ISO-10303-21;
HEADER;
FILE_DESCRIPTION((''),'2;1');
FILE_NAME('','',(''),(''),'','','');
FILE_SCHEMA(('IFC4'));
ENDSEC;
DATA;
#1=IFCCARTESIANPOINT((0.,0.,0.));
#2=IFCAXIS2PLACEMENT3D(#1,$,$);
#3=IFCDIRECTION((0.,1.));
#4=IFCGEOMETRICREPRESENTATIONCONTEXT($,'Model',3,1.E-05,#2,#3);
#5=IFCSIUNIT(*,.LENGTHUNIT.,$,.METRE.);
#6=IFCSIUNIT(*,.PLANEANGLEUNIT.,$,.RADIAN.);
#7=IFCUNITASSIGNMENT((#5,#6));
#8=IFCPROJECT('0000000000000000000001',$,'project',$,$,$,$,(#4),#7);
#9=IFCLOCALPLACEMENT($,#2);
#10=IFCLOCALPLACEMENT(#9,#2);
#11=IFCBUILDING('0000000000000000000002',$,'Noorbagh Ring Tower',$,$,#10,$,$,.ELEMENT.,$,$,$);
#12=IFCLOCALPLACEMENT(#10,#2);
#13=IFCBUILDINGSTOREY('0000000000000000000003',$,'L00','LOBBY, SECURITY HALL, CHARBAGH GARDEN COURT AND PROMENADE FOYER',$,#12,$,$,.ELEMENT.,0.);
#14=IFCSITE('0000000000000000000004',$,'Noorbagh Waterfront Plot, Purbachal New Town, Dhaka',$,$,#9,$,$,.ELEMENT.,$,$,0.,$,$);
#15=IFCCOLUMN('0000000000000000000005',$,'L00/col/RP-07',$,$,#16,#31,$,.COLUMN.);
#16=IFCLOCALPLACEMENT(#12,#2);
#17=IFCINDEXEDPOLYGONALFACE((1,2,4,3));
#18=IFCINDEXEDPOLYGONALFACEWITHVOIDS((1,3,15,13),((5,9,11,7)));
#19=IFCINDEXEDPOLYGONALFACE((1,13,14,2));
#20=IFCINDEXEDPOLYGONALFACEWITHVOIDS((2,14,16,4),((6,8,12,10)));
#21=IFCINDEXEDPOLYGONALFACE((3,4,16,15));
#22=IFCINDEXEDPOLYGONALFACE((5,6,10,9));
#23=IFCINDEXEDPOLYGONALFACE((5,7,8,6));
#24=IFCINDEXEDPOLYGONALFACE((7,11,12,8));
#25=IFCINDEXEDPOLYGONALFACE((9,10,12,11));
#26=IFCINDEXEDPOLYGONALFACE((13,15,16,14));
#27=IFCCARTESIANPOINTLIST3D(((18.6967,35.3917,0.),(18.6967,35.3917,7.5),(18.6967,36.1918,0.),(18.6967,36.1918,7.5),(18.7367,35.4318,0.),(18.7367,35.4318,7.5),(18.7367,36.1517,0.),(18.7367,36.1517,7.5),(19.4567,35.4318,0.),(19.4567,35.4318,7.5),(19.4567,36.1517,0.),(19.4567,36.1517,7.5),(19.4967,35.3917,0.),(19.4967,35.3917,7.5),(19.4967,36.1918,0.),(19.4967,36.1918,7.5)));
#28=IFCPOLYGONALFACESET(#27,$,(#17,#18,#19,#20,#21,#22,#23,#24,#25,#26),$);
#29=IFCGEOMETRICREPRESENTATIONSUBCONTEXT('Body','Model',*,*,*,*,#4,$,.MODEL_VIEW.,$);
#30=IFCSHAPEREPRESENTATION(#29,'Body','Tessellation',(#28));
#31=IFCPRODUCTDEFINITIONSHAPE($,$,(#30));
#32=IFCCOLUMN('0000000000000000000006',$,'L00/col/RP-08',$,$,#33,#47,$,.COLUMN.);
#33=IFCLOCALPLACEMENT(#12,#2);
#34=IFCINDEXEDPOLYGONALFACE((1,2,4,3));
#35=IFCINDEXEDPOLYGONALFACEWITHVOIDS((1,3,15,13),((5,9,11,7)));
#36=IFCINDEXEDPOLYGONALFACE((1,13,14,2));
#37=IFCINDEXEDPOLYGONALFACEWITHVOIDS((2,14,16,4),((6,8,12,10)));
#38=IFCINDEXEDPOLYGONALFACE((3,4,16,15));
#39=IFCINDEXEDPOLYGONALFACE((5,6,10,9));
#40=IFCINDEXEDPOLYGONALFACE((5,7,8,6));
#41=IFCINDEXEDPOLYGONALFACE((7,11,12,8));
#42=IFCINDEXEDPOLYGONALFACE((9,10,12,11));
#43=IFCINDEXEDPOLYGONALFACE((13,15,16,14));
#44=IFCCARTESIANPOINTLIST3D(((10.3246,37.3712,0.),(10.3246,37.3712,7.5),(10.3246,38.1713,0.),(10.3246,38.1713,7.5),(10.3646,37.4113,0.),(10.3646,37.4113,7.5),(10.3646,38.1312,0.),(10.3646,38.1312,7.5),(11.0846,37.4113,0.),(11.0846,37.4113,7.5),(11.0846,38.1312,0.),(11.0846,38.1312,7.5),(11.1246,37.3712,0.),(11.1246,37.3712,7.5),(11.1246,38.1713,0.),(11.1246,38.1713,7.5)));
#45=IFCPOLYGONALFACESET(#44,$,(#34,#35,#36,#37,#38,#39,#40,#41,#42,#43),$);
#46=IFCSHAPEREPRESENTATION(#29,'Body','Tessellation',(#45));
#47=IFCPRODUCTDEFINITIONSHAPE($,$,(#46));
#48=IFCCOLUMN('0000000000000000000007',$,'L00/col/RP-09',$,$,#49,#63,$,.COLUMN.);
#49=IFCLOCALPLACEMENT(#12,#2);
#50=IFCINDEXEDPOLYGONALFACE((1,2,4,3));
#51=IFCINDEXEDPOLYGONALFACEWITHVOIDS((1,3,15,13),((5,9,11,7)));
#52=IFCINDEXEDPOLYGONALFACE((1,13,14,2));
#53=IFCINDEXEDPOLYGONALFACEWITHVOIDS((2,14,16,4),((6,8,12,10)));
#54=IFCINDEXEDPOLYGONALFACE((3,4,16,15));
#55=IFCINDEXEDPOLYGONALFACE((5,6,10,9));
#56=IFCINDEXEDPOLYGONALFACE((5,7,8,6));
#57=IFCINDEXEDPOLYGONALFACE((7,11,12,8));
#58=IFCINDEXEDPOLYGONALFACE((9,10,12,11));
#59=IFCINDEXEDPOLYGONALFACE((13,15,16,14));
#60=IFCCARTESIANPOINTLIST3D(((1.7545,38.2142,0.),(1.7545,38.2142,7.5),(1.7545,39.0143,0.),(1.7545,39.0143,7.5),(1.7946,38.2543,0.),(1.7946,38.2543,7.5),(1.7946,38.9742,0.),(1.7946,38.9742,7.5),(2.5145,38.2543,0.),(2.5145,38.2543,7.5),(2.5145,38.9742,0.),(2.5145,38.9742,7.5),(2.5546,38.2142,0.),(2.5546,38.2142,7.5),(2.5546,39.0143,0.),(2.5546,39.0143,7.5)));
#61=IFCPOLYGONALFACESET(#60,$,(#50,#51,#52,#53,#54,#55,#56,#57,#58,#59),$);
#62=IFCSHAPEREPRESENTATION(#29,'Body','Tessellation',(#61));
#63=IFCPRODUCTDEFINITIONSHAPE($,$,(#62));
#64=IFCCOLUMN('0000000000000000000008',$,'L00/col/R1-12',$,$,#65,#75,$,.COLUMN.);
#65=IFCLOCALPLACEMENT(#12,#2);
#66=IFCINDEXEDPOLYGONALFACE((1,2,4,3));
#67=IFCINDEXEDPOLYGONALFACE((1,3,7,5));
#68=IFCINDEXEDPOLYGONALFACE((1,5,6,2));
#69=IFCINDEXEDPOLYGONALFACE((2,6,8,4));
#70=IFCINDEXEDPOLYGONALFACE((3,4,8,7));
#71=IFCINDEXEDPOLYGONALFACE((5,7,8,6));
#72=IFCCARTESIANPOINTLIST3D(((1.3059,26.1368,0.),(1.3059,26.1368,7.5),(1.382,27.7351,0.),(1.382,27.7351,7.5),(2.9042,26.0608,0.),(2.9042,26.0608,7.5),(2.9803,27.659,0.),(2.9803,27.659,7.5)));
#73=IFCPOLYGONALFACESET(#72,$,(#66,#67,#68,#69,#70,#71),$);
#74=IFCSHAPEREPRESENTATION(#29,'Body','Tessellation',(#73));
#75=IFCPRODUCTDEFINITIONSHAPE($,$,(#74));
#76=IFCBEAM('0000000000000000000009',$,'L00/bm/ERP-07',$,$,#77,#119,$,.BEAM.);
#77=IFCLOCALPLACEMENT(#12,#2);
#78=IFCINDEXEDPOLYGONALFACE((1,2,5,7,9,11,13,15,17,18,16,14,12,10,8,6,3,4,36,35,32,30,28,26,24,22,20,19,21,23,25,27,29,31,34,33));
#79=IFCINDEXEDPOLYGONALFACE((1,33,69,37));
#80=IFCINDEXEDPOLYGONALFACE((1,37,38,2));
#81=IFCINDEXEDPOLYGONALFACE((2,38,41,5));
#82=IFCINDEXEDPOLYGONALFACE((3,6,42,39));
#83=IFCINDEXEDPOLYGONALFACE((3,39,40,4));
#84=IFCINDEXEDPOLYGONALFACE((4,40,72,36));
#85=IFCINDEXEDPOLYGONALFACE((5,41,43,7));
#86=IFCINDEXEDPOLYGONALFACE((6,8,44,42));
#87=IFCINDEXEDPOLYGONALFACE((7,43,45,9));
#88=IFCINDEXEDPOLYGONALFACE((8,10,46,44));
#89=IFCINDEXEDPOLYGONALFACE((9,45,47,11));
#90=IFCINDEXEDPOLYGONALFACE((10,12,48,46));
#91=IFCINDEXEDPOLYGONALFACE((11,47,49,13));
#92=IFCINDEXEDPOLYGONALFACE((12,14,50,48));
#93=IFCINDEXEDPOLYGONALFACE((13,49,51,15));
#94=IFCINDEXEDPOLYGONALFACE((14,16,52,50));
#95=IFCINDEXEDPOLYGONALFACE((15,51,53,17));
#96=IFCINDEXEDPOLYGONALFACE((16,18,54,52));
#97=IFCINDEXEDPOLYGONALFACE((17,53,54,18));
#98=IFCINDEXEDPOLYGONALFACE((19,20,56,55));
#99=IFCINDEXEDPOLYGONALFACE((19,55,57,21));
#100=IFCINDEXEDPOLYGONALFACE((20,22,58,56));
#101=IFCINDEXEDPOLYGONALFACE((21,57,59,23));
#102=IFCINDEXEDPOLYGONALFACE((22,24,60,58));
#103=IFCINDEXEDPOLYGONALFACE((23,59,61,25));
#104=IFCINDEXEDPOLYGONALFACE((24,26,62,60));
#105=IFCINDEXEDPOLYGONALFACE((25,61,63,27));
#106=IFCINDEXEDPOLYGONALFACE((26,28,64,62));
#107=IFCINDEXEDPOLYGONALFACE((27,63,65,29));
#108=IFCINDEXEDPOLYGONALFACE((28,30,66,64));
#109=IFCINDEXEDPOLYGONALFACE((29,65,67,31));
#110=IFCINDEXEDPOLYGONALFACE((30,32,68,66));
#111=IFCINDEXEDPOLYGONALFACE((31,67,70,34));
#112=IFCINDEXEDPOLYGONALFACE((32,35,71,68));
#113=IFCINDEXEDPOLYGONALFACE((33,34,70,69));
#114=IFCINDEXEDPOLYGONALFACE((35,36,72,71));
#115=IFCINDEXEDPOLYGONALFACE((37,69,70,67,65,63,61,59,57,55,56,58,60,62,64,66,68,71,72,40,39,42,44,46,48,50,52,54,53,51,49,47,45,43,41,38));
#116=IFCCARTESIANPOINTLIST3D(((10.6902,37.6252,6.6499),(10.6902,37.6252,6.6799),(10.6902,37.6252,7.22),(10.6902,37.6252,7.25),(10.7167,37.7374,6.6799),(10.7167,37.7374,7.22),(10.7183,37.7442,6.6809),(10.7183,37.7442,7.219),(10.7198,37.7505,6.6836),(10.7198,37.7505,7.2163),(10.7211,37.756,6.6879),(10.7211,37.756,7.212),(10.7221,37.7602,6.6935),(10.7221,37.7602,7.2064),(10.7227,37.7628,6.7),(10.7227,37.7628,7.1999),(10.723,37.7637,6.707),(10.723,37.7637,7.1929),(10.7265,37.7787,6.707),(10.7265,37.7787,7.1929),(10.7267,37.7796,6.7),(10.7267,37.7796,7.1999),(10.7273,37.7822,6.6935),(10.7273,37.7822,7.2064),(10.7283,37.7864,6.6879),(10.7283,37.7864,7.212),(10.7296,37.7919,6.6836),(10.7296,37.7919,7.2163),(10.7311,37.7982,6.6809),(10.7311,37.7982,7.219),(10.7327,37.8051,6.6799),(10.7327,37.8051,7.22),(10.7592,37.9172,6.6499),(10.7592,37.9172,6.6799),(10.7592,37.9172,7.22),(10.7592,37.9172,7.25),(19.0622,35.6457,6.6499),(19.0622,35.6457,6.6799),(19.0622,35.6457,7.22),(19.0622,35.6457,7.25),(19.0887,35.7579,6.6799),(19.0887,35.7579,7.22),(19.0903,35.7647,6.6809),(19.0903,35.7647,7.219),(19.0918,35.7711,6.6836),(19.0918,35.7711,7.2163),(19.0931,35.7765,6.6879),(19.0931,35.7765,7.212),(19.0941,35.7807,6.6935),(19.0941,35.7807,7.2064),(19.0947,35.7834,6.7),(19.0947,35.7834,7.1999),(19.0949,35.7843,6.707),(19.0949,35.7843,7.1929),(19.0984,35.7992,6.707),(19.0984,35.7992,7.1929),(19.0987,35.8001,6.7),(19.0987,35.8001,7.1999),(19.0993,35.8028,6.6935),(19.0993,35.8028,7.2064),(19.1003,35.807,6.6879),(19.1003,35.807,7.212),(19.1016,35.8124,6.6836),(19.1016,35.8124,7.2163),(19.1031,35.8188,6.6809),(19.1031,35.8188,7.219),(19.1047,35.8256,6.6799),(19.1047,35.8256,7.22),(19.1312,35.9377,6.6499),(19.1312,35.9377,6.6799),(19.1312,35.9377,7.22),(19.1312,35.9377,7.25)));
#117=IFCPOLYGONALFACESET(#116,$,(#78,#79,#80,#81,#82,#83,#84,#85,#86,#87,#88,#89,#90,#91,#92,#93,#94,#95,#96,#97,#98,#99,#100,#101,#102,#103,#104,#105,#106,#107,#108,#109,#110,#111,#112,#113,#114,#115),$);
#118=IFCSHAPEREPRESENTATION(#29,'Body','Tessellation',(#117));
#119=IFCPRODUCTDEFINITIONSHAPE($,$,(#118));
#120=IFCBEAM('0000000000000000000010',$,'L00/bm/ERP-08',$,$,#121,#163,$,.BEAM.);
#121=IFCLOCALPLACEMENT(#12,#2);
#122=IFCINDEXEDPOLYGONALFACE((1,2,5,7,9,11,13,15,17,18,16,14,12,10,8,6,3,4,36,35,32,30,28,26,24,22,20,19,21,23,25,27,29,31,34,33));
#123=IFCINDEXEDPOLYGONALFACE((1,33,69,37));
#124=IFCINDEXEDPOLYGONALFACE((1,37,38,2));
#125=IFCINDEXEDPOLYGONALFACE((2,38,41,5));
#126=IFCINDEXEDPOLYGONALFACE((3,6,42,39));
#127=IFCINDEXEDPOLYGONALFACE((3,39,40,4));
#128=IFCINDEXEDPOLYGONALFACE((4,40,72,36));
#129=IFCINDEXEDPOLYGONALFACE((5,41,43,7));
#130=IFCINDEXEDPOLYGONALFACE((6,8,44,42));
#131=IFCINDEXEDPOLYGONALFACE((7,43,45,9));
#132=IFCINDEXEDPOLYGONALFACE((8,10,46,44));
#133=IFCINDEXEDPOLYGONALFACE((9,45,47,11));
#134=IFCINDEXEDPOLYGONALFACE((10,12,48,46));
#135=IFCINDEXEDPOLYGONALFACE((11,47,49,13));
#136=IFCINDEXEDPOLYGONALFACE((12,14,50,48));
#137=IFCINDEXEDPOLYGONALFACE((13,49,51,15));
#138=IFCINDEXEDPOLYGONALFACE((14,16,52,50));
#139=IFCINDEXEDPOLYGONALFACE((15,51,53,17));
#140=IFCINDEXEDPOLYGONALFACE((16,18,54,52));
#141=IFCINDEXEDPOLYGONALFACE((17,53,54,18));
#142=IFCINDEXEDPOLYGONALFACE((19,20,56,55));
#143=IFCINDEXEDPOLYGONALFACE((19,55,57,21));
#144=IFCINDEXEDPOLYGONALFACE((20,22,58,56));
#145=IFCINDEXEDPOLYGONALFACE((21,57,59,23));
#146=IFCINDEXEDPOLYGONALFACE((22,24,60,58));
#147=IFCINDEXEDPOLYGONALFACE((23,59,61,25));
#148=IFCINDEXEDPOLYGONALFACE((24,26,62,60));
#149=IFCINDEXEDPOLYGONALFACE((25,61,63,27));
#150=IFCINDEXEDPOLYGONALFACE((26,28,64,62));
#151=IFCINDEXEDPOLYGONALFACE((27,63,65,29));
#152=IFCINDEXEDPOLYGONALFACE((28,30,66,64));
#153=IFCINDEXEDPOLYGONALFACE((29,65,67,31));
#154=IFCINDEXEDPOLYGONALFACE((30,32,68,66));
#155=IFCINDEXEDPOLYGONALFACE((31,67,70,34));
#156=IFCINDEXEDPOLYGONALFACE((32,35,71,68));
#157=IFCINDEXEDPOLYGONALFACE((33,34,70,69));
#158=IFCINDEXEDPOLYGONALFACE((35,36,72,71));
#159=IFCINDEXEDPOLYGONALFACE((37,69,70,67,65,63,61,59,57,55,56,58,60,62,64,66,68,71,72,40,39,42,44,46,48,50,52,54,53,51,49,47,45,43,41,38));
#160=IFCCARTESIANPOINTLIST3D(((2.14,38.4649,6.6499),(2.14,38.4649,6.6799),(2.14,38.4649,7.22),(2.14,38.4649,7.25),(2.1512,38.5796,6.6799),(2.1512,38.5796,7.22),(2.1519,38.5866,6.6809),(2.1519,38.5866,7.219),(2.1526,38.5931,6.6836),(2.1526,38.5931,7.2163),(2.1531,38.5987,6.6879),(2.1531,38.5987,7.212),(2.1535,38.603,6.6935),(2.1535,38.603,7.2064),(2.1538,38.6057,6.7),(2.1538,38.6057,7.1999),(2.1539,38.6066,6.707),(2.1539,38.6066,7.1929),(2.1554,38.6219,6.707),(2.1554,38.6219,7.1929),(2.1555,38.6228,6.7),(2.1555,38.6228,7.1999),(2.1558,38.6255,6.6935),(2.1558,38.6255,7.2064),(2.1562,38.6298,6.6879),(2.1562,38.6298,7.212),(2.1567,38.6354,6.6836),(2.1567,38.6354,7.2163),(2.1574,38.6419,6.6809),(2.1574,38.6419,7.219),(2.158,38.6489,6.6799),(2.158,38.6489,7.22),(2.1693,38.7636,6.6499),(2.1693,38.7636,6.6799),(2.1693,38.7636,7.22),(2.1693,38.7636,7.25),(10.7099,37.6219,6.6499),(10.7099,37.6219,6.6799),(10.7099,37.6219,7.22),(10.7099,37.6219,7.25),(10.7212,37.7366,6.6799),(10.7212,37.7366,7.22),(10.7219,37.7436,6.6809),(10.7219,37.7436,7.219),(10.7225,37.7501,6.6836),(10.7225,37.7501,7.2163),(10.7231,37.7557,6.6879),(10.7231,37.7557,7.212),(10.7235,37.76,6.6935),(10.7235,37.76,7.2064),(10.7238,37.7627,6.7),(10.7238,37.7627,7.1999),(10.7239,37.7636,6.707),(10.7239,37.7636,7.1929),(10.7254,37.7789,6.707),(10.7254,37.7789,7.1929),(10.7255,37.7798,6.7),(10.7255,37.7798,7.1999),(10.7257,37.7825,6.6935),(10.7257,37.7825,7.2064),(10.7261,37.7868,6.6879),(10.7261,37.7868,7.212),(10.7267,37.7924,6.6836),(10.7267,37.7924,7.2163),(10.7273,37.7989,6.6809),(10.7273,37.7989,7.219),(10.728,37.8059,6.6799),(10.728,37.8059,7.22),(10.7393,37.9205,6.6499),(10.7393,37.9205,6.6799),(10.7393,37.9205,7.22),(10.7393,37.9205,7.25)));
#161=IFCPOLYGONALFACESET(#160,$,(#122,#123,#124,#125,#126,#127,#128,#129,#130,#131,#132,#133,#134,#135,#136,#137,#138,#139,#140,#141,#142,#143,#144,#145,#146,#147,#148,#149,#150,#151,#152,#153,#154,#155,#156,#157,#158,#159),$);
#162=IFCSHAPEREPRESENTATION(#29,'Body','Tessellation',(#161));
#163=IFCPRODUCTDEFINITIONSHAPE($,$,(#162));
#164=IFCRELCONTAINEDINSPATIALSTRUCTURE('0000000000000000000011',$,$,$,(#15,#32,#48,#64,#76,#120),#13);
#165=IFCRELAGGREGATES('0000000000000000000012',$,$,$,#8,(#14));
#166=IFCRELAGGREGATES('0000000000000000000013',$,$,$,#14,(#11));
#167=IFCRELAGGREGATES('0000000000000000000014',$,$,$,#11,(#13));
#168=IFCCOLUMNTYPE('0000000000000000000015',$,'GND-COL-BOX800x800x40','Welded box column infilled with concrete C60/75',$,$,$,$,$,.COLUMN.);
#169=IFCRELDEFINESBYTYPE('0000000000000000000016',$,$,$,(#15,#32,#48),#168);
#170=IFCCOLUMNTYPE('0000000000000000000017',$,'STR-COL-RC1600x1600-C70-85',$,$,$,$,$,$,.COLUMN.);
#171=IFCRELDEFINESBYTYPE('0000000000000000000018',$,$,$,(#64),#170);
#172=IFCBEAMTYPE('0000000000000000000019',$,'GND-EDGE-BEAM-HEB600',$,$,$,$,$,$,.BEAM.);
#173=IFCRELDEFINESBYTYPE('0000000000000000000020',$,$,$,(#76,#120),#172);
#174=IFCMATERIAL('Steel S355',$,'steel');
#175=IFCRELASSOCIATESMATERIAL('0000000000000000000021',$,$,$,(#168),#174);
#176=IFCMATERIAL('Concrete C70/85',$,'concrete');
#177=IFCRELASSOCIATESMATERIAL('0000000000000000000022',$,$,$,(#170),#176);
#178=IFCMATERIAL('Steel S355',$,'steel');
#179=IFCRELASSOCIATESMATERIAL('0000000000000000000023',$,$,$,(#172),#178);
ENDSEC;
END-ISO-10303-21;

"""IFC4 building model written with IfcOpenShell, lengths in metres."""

from ifc_helpers import new_model, si_unit, direction, frame, origin, origin_2d, place, context, subcontext, project, spatial, rectangle, hollow_rectangle, i_section, extrude, material, material_profile, profile_set, type_object, element, save


model = new_model("IFC4")

# Units and contexts
model_context = context("Model", 3, precision=1e-05, world=origin(), true_north=direction((0.0, 1.0)))
body_context = subcontext(model_context, "Body", "Model", "MODEL_VIEW")
ifc_project = project(units=[si_unit("LENGTHUNIT", "METRE"), si_unit("PLANEANGLEUNIT", "RADIAN")], contexts=[model_context])

# Site, building, storey
site_placement = place(None, origin())
site = spatial("IfcSite", under=ifc_project, at=site_placement, Name="Noorbagh Waterfront Plot, Purbachal New Town, Dhaka", CompositionType="ELEMENT", RefElevation=0.0)
building_placement = place(site_placement, origin())
building = spatial("IfcBuilding", under=site, at=building_placement, Name="Noorbagh Ring Tower", CompositionType="ELEMENT")
storey_placement = place(building_placement, origin())
storey = spatial("IfcBuildingStorey", under=building, at=storey_placement, Name="L00", Description="LOBBY, SECURITY HALL, CHARBAGH GARDEN COURT AND PROMENADE FOYER", CompositionType="ELEMENT", Elevation=0.0)

# Columns
ifc_material_1 = material(Name="Steel S355", Category="steel")
ifc_material_profile_1 = material_profile(ifc_material_1, hollow_rectangle(XDim=0.8, YDim=0.8, WallThickness=0.04, at=origin_2d()), Name="BOX800x800x40")
ifc_profile_set_1 = profile_set([ifc_material_profile_1], Name="Steel S355")
column_type_1 = type_object("IfcColumnType", Name="GND-COL-BOX800x800x40", Description="Welded box column infilled with concrete C60/75", PredefinedType="COLUMN", material=ifc_profile_set_1)
for number, where, z_axis, x_axis, name in (
    (1, (19.0967, 35.7917, 0.0), (0.0, 0.0, 1.0), (1.0, 0.0, 0.0), "L00/col/RP-07"),
    (2, (10.7246, 37.7712, 0.0), (0.0, 0.0, 1.0), (1.0, 0.0, 0.0), "L00/col/RP-08"),
    (3, (2.1545, 38.6143, 0.0), (0.0, 0.0, 1.0), (1.0, 0.0, 0.0), "L00/col/RP-09"),
):
    element("IfcColumn", number, at=place(storey_placement, frame(where, z_axis=z_axis, x_axis=x_axis)), inside=storey, type_object=column_type_1, Name=name, PredefinedType="COLUMN", context=body_context, shape_type="SweptSolid", body=[
        extrude(hollow_rectangle(XDim=0.8, YDim=0.8, WallThickness=0.04, at=origin_2d()), origin(), (0.0, 0.0, 1.0), 7.5),
    ])
ifc_material_2 = material(Name="Concrete C70/85", Category="concrete")
ifc_material_profile_2 = material_profile(ifc_material_2, rectangle(XDim=1.6001, YDim=1.6001, at=origin_2d()), Name="RC1600x1600")
ifc_profile_set_2 = profile_set([ifc_material_profile_2], Name="Concrete C70/85")
column_type_2 = type_object("IfcColumnType", Name="STR-COL-RC1600x1600-C70-85", PredefinedType="COLUMN", material=ifc_profile_set_2)
column_placement = place(storey_placement, frame((2.1431, 26.8979, 0.0), z_axis=(0.0, 0.0, 1.0), x_axis=(-0.998869, 0.047553, 0.0)))
element("IfcColumn", 4, at=column_placement, inside=storey, type_object=column_type_2, Name="L00/col/R1-12", PredefinedType="COLUMN", context=body_context, shape_type="SweptSolid", body=[
    extrude(rectangle(XDim=1.6001, YDim=1.6001, at=origin_2d()), origin(), (0.0, 0.0, 1.0), 7.5),
])

# Beams
ifc_material_3 = material(Name="Steel S355", Category="steel")
ifc_material_profile_3 = material_profile(ifc_material_3, i_section(OverallWidth=0.3, OverallDepth=0.6001, WebThickness=0.0154, FlangeThickness=0.03, FilletRadius=0.0271, at=origin_2d()), Name="HEB600")
ifc_profile_set_3 = profile_set([ifc_material_profile_3], Name="Steel S355")
beam_type_1 = type_object("IfcBeamType", Name="GND-EDGE-BEAM-HEB600", PredefinedType="BEAM", material=ifc_profile_set_3)
beam_1_placement = place(storey_placement, frame((19.0967, 35.7917, 6.95), z_axis=(-0.973168, 0.230096, 0.0), x_axis=(-0.230096, -0.973168, 0.0)))
element("IfcBeam", 5, at=beam_1_placement, inside=storey, type_object=beam_type_1, Name="L00/bm/ERP-07", PredefinedType="BEAM", context=body_context, shape_type="SweptSolid", body=[
    extrude(i_section(OverallWidth=0.3, OverallDepth=0.6001, WebThickness=0.0154, FlangeThickness=0.03, FilletRadius=0.0271, at=origin_2d()), origin(), (0.0, 0.0, 1.0), 8.6028),
])
beam_2_placement = place(storey_placement, frame((10.7246, 37.7712, 6.95), z_axis=(-0.995197, 0.097895, 0.0), x_axis=(-0.097895, -0.995197, 0.0)))
element("IfcBeam", 6, at=beam_2_placement, inside=storey, type_object=beam_type_1, Name="L00/bm/ERP-08", PredefinedType="BEAM", context=body_context, shape_type="SweptSolid", body=[
    extrude(i_section(OverallWidth=0.3, OverallDepth=0.6001, WebThickness=0.0154, FlangeThickness=0.03, FilletRadius=0.0271, at=origin_2d()), origin(), (0.0, 0.0, 1.0), 8.6113),
])

save(model, "model.ifc")
